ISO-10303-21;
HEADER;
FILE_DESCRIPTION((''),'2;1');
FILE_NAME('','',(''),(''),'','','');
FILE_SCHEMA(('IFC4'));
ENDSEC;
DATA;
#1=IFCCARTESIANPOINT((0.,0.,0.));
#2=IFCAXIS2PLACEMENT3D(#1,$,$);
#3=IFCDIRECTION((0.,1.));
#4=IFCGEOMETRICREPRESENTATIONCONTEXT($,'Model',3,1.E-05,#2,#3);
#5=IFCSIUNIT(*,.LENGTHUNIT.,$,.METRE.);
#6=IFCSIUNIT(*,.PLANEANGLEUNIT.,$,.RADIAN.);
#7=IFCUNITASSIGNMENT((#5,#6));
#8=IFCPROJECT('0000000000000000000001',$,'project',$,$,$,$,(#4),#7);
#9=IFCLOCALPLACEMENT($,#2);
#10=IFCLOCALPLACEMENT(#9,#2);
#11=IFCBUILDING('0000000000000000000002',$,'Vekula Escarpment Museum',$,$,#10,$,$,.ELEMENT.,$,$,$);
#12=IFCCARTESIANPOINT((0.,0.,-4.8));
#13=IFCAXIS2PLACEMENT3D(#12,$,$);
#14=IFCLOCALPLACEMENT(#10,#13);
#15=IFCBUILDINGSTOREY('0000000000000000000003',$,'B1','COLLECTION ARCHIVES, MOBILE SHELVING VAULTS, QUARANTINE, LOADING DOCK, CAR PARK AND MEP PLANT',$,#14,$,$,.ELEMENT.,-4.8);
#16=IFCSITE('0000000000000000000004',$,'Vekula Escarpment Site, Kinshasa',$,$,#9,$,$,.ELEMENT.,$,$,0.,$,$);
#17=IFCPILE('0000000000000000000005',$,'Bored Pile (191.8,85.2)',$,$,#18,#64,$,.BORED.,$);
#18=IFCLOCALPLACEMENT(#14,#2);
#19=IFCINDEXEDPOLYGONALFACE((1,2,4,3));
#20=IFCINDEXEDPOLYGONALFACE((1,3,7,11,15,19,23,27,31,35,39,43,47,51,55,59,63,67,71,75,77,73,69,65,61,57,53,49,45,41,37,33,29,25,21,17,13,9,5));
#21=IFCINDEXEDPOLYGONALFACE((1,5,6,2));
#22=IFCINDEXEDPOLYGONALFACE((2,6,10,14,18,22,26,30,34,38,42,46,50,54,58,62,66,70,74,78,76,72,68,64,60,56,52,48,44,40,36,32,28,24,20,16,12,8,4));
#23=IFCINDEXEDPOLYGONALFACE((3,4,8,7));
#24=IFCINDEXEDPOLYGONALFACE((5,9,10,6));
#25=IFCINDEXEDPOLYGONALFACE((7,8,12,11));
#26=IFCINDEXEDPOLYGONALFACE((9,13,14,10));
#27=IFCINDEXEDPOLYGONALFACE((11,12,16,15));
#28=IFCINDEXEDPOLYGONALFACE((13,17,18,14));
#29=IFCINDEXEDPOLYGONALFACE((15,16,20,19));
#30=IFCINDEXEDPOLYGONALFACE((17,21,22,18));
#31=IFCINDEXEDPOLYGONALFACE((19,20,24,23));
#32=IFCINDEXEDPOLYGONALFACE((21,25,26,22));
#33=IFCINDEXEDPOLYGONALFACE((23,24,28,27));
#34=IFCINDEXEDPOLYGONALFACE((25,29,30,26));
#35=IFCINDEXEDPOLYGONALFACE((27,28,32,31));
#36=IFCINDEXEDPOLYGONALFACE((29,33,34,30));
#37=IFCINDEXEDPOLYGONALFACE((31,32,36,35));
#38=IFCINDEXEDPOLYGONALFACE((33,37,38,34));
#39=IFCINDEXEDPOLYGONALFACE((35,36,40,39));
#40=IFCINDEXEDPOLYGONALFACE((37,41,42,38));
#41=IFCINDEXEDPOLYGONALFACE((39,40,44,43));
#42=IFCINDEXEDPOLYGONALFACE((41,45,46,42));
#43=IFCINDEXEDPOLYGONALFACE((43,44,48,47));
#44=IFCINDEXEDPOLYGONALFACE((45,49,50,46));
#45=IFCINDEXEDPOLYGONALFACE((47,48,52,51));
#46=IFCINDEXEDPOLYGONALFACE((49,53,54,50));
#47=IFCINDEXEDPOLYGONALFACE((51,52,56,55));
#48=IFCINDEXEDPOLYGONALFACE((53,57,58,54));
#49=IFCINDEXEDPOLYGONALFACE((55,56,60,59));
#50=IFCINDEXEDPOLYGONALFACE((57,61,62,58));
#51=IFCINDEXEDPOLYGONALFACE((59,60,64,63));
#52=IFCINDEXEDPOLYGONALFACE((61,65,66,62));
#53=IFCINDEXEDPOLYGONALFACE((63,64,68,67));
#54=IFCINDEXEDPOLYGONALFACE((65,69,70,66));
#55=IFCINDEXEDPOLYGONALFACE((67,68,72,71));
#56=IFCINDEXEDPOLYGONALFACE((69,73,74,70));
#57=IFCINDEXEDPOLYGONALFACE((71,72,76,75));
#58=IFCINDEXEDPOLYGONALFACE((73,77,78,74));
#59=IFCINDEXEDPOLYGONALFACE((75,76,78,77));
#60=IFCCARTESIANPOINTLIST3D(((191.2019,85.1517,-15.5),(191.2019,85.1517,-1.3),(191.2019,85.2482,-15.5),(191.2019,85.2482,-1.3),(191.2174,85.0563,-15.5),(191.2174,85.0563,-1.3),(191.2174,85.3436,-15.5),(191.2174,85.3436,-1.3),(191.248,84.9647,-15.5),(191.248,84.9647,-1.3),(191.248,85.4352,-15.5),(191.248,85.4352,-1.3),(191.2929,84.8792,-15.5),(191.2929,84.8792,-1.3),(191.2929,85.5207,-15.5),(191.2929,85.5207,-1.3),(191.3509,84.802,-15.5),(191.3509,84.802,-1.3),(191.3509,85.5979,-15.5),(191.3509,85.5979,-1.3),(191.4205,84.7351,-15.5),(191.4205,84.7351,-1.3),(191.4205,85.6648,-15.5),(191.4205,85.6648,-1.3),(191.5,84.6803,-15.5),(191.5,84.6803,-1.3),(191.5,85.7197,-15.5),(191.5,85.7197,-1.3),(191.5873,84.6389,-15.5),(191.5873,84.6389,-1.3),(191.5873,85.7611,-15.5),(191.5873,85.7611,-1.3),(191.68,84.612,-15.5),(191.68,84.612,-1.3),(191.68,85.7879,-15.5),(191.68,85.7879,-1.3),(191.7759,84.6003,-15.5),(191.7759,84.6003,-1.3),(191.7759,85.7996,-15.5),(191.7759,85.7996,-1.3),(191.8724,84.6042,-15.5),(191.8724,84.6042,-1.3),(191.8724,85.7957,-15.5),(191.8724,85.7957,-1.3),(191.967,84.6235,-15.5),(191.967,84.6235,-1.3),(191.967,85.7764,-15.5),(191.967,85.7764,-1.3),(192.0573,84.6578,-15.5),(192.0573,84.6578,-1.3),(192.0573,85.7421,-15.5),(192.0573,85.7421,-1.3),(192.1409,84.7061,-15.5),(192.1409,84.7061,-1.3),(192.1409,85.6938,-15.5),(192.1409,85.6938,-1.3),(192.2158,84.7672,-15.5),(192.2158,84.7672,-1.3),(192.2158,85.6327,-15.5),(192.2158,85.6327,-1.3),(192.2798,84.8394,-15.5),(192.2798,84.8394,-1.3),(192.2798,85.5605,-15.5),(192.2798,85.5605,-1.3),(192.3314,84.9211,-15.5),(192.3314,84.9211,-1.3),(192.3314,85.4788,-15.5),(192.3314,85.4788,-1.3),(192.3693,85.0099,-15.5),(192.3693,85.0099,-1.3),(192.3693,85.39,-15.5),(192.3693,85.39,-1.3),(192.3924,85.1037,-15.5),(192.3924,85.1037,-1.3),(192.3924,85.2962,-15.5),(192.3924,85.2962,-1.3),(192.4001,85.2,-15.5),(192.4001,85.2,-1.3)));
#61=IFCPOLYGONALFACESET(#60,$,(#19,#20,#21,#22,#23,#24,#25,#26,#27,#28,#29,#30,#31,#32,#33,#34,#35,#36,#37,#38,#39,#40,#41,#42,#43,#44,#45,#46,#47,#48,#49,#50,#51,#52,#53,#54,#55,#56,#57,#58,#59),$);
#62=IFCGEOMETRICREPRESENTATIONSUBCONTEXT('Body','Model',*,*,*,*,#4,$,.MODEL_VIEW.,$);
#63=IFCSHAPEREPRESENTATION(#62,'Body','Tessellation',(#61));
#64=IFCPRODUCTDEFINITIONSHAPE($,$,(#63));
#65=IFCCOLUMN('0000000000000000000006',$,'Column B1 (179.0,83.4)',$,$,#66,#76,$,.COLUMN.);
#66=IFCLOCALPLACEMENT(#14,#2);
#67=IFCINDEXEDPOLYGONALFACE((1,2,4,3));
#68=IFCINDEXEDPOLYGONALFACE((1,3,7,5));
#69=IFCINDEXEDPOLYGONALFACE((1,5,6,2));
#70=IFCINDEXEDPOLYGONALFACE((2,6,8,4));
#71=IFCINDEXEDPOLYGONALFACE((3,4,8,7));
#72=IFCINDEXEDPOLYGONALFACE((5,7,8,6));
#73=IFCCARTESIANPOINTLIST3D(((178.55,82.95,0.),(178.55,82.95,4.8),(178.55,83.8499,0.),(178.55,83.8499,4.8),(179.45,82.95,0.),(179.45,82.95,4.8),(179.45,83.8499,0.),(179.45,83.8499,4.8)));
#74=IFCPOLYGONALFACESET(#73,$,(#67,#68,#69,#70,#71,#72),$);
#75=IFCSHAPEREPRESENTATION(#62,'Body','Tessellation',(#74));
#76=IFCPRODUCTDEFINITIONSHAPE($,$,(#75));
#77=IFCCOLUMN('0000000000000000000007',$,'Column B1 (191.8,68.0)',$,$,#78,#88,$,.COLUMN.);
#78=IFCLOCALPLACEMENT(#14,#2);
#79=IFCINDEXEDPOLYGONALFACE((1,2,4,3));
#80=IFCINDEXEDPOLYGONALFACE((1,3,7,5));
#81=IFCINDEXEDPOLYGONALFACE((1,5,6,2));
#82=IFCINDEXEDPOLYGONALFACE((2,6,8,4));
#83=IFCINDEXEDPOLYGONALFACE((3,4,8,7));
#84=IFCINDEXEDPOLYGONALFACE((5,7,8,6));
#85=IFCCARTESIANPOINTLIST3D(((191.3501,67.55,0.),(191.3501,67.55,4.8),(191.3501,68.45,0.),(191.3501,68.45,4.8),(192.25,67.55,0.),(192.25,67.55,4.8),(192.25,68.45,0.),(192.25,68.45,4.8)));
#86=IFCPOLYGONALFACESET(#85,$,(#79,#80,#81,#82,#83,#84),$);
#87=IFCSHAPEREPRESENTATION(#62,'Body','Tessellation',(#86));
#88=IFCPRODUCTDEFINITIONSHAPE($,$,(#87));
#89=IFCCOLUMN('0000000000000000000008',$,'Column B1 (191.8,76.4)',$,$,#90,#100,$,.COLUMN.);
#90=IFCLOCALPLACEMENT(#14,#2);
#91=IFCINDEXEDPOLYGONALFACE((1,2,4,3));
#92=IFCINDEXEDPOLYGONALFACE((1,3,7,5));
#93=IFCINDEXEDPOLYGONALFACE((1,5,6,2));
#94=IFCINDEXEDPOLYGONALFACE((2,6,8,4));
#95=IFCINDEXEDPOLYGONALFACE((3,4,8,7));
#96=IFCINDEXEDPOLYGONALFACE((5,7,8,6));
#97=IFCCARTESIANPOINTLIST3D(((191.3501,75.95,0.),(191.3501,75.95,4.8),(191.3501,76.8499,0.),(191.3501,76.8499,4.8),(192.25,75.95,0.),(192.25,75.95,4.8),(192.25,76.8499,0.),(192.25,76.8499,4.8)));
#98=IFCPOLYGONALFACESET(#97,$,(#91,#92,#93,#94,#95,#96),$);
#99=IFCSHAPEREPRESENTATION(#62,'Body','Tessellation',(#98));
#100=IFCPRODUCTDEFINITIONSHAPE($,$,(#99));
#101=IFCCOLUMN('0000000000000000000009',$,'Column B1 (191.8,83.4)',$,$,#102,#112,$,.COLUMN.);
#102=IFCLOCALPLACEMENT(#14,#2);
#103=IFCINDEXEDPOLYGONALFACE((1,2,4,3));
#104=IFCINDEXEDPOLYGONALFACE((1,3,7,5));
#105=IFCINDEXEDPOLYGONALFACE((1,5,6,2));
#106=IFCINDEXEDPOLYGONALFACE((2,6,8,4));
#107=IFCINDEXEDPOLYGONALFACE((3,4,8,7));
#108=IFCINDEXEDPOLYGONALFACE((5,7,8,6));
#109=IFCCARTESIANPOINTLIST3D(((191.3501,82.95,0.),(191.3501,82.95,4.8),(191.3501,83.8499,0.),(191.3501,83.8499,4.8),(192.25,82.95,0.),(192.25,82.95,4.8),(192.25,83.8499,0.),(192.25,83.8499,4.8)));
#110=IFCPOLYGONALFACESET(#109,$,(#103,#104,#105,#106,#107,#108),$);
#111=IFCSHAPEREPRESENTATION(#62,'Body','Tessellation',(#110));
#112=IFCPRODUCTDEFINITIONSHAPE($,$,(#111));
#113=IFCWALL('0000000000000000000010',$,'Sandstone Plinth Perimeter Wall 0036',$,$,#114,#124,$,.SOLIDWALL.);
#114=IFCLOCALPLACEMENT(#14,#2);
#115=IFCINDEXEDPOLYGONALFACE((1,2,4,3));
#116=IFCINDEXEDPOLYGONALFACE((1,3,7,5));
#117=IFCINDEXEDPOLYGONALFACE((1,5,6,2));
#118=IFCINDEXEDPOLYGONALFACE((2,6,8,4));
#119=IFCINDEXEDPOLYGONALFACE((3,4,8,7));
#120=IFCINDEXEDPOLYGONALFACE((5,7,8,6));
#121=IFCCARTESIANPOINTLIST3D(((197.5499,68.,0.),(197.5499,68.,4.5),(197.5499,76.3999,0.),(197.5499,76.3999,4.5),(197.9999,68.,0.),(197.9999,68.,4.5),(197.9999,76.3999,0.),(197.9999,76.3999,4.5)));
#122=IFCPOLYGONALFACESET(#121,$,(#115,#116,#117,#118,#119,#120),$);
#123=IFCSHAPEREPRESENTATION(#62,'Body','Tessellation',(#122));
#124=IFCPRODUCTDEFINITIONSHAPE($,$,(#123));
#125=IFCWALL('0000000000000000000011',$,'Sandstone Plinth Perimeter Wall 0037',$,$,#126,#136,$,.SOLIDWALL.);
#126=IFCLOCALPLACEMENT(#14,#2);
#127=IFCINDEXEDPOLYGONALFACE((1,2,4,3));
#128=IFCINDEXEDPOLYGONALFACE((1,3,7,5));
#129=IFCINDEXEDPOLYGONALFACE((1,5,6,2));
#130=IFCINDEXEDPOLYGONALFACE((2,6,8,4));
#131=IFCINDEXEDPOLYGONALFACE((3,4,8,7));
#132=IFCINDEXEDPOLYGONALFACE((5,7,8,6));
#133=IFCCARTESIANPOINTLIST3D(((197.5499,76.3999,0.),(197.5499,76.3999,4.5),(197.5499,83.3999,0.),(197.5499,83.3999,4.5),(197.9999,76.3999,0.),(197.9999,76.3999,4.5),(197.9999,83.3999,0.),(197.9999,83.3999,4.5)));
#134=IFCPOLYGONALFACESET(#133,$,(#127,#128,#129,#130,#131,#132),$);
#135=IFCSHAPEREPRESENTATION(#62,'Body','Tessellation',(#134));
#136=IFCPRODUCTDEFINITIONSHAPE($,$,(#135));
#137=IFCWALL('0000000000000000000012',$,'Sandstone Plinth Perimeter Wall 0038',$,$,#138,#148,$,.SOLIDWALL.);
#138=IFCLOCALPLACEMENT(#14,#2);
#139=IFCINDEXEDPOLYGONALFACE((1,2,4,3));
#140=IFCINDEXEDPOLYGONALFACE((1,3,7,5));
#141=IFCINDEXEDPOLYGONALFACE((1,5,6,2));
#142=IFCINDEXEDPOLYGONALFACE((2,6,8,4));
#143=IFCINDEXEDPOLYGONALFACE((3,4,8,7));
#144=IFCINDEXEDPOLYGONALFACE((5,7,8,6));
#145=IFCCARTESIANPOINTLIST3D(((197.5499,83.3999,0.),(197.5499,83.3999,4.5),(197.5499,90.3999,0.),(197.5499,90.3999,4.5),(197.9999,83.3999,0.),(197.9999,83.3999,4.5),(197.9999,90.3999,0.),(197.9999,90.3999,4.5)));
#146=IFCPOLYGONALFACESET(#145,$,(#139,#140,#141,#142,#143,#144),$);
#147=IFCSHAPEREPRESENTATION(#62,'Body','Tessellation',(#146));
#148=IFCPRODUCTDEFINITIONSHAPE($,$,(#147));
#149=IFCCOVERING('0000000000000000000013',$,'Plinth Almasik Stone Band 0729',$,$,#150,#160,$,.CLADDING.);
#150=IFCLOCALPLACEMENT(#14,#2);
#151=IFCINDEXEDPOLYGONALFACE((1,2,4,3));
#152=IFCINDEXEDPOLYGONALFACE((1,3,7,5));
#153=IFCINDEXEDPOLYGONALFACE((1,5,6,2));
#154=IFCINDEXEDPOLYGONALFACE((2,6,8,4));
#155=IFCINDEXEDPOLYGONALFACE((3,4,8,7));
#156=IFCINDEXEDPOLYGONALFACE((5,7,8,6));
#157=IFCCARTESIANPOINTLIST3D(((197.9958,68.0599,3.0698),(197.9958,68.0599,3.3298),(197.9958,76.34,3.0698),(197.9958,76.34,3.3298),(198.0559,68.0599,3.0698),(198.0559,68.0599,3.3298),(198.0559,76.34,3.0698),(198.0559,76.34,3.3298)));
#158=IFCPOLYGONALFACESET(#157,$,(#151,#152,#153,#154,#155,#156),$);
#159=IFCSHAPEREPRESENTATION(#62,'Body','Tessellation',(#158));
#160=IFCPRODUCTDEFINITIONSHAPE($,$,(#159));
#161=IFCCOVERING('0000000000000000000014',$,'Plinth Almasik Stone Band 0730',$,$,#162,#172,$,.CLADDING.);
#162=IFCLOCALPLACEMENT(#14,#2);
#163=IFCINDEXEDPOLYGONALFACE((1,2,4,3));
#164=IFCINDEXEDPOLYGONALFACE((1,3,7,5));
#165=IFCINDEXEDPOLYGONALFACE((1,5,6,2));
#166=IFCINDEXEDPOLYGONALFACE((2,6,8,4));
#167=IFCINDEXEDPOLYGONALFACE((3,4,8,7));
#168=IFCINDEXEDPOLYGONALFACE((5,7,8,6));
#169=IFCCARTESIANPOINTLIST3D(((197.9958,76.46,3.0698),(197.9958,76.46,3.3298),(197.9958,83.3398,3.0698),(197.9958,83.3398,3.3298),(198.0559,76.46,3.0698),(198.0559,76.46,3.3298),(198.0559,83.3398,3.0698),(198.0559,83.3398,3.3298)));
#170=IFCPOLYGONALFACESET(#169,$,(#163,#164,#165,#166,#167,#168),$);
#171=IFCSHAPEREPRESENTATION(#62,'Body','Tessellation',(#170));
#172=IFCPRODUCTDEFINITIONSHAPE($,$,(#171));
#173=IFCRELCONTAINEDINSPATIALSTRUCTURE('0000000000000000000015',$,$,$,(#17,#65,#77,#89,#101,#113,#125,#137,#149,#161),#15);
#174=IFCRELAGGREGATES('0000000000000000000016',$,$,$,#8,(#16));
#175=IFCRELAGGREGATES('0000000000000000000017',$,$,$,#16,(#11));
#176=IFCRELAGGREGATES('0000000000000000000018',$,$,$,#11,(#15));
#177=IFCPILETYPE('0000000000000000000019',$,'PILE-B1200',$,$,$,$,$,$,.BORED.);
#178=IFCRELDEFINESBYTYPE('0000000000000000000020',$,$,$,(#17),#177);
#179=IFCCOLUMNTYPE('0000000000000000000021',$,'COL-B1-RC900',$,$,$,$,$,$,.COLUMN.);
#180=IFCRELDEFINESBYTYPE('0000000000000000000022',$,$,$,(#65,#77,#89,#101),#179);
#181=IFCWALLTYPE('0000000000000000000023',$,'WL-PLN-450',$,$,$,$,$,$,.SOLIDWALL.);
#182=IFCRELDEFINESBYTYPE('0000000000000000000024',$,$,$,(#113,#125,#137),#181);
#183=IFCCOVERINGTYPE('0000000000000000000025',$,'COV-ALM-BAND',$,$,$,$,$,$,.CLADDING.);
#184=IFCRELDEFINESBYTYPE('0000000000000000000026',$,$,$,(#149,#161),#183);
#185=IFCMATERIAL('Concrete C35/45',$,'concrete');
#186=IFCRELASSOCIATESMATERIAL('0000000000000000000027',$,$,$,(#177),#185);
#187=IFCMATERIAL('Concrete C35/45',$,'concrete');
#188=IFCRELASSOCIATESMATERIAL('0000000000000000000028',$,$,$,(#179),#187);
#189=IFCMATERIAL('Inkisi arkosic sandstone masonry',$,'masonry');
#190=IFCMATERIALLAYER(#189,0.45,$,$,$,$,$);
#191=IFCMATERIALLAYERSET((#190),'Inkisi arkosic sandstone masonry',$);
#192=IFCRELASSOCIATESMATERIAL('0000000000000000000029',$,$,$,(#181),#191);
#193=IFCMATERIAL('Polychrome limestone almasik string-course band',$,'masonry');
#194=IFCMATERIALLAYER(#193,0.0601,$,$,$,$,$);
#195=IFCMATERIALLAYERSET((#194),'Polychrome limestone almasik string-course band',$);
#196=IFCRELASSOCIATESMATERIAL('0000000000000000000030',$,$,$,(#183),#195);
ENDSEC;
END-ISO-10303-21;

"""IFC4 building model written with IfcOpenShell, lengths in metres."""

from ifc_helpers import new_model, si_unit, direction, frame, frame_2d, origin, origin_2d, place, context, subcontext, project, spatial, rectangle, circle, extrude, material, layer, layer_set, material_profile, profile_set, type_object, element, save


model = new_model("IFC4")

# Units and contexts
model_context = context("Model", 3, precision=1e-05, world=origin(), true_north=direction((0.0, 1.0)))
body_context = subcontext(model_context, "Body", "Model", "MODEL_VIEW")
ifc_project = project(units=[si_unit("LENGTHUNIT", "METRE"), si_unit("PLANEANGLEUNIT", "RADIAN")], contexts=[model_context])

# Site, building, storey
site_placement = place(None, origin())
site = spatial("IfcSite", under=ifc_project, at=site_placement, Name="Vekula Escarpment Site, Kinshasa", CompositionType="ELEMENT", RefElevation=0.0)
building_placement = place(site_placement, origin())
building = spatial("IfcBuilding", under=site, at=building_placement, Name="Vekula Escarpment Museum", CompositionType="ELEMENT")
storey_placement = place(building_placement, frame((0.0, 0.0, -4.8)))
storey = spatial("IfcBuildingStorey", under=building, at=storey_placement, Name="B1", Description="COLLECTION ARCHIVES, MOBILE SHELVING VAULTS, QUARANTINE, LOADING DOCK, CAR PARK AND MEP PLANT", CompositionType="ELEMENT", Elevation=-4.8)

# Pile
ifc_material_1 = material(Name="Concrete C35/45", Category="concrete")
ifc_material_profile_1 = material_profile(ifc_material_1, circle(Radius=0.6001, at=origin_2d()), Name="BORED PILE 1200")
ifc_profile_set_1 = profile_set([ifc_material_profile_1], Name="Concrete C35/45")
pile_type = type_object("IfcPileType", Name="PILE-B1200", PredefinedType="BORED", material=ifc_profile_set_1)
for number, where, z_axis, x_axis, name in (
    (1, (191.8, 85.2, -1.3), (0.0, 0.0, -1.0), (1.0, 0.0, 0.0), "Bored Pile (191.8,85.2)"),
):
    element("IfcPile", number, at=place(storey_placement, frame(where, z_axis=z_axis, x_axis=x_axis)), inside=storey, type_object=pile_type, Name=name, PredefinedType="BORED", context=body_context, shape_type="SweptSolid", body=[
        extrude(circle(Radius=0.6001, at=origin_2d()), origin(), (0.0, 0.0, 1.0), 14.2),
    ])

# Columns
ifc_material_2 = material(Name="Concrete C35/45", Category="concrete")
ifc_material_profile_2 = material_profile(ifc_material_2, rectangle(XDim=0.8999, YDim=0.8999, at=origin_2d()), Name="RC 900x900")
ifc_profile_set_2 = profile_set([ifc_material_profile_2], Name="Concrete C35/45")
column_type = type_object("IfcColumnType", Name="COL-B1-RC900", PredefinedType="COLUMN", material=ifc_profile_set_2)
for number, where, z_axis, x_axis, name in (
    (2, (179.0, 83.3999, 0.0), (0.0, 0.0, 1.0), (1.0, 0.0, 0.0), "Column B1 (179.0,83.4)"),
    (3, (191.8, 68.0, 0.0), (0.0, 0.0, 1.0), (1.0, 0.0, 0.0), "Column B1 (191.8,68.0)"),
    (4, (191.8, 76.3999, 0.0), (0.0, 0.0, 1.0), (1.0, 0.0, 0.0), "Column B1 (191.8,76.4)"),
    (5, (191.8, 83.3999, 0.0), (0.0, 0.0, 1.0), (1.0, 0.0, 0.0), "Column B1 (191.8,83.4)"),
):
    element("IfcColumn", number, at=place(storey_placement, frame(where, z_axis=z_axis, x_axis=x_axis)), inside=storey, type_object=column_type, Name=name, PredefinedType="COLUMN", context=body_context, shape_type="SweptSolid", body=[
        extrude(rectangle(XDim=0.8999, YDim=0.8999, at=origin_2d()), origin(), (0.0, 0.0, 1.0), 4.8),
    ])

# Walls
ifc_material_3 = material(Name="Inkisi arkosic sandstone masonry", Category="masonry")
ifc_layer_1 = layer(ifc_material_3, 0.45)
ifc_layer_set_1 = layer_set([ifc_layer_1], Name="Inkisi arkosic sandstone masonry")
wall_type = type_object("IfcWallType", Name="WL-PLN-450", PredefinedType="SOLIDWALL", material=ifc_layer_set_1)
wall_placement = place(storey_placement, frame((197.7749, 68.0, 0.0), z_axis=(0.0, 0.0, 1.0), x_axis=(0.0, 1.0, 0.0)))
element("IfcWall", 6, at=wall_placement, inside=storey, type_object=wall_type, Name="Sandstone Plinth Perimeter Wall 0036", PredefinedType="SOLIDWALL", context=body_context, shape_type="SweptSolid", body=[
    extrude(rectangle(XDim=8.3999, YDim=0.45, at=frame_2d((4.2, 0.0))), origin(), (0.0, 0.0, 1.0), 4.5),
])
for number, where, z_axis, x_axis, name in (
    (7, (197.7749, 76.3999, 0.0), (0.0, 0.0, 1.0), (0.0, 1.0, 0.0), "Sandstone Plinth Perimeter Wall 0037"),
    (8, (197.7749, 83.3999, 0.0), (0.0, 0.0, 1.0), (0.0, 1.0, 0.0), "Sandstone Plinth Perimeter Wall 0038"),
):
    element("IfcWall", number, at=place(storey_placement, frame(where, z_axis=z_axis, x_axis=x_axis)), inside=storey, type_object=wall_type, Name=name, PredefinedType="SOLIDWALL", context=body_context, shape_type="SweptSolid", body=[
        extrude(rectangle(XDim=7.0, YDim=0.45, at=frame_2d((3.5, 0.0))), origin(), (0.0, 0.0, 1.0), 4.5),
    ])

# Coverings
ifc_material_4 = material(Name="Polychrome limestone almasik string-course band", Category="masonry")
ifc_layer_2 = layer(ifc_material_4, 0.0601)
ifc_layer_set_2 = layer_set([ifc_layer_2], Name="Polychrome limestone almasik string-course band")
covering_type = type_object("IfcCoveringType", Name="COV-ALM-BAND", PredefinedType="CLADDING", material=ifc_layer_set_2)
covering_1_placement = place(storey_placement, frame((198.0259, 72.2, 3.0698), z_axis=(0.0, 0.0, 1.0), x_axis=(0.0, 1.0, 0.0)))
element("IfcCovering", 9, at=covering_1_placement, inside=storey, type_object=covering_type, Name="Plinth Almasik Stone Band 0729", PredefinedType="CLADDING", context=body_context, shape_type="SweptSolid", body=[
    extrude(rectangle(XDim=8.28, YDim=0.0601, at=origin_2d()), origin(), (0.0, 0.0, 1.0), 0.26),
])
covering_2_placement = place(storey_placement, frame((198.0259, 79.8999, 3.0698), z_axis=(0.0, 0.0, 1.0), x_axis=(0.0, 1.0, 0.0)))
element("IfcCovering", 10, at=covering_2_placement, inside=storey, type_object=covering_type, Name="Plinth Almasik Stone Band 0730", PredefinedType="CLADDING", context=body_context, shape_type="SweptSolid", body=[
    extrude(rectangle(XDim=6.8799, YDim=0.0601, at=origin_2d()), origin(), (0.0, 0.0, 1.0), 0.26),
])

save(model, "model.ifc")
